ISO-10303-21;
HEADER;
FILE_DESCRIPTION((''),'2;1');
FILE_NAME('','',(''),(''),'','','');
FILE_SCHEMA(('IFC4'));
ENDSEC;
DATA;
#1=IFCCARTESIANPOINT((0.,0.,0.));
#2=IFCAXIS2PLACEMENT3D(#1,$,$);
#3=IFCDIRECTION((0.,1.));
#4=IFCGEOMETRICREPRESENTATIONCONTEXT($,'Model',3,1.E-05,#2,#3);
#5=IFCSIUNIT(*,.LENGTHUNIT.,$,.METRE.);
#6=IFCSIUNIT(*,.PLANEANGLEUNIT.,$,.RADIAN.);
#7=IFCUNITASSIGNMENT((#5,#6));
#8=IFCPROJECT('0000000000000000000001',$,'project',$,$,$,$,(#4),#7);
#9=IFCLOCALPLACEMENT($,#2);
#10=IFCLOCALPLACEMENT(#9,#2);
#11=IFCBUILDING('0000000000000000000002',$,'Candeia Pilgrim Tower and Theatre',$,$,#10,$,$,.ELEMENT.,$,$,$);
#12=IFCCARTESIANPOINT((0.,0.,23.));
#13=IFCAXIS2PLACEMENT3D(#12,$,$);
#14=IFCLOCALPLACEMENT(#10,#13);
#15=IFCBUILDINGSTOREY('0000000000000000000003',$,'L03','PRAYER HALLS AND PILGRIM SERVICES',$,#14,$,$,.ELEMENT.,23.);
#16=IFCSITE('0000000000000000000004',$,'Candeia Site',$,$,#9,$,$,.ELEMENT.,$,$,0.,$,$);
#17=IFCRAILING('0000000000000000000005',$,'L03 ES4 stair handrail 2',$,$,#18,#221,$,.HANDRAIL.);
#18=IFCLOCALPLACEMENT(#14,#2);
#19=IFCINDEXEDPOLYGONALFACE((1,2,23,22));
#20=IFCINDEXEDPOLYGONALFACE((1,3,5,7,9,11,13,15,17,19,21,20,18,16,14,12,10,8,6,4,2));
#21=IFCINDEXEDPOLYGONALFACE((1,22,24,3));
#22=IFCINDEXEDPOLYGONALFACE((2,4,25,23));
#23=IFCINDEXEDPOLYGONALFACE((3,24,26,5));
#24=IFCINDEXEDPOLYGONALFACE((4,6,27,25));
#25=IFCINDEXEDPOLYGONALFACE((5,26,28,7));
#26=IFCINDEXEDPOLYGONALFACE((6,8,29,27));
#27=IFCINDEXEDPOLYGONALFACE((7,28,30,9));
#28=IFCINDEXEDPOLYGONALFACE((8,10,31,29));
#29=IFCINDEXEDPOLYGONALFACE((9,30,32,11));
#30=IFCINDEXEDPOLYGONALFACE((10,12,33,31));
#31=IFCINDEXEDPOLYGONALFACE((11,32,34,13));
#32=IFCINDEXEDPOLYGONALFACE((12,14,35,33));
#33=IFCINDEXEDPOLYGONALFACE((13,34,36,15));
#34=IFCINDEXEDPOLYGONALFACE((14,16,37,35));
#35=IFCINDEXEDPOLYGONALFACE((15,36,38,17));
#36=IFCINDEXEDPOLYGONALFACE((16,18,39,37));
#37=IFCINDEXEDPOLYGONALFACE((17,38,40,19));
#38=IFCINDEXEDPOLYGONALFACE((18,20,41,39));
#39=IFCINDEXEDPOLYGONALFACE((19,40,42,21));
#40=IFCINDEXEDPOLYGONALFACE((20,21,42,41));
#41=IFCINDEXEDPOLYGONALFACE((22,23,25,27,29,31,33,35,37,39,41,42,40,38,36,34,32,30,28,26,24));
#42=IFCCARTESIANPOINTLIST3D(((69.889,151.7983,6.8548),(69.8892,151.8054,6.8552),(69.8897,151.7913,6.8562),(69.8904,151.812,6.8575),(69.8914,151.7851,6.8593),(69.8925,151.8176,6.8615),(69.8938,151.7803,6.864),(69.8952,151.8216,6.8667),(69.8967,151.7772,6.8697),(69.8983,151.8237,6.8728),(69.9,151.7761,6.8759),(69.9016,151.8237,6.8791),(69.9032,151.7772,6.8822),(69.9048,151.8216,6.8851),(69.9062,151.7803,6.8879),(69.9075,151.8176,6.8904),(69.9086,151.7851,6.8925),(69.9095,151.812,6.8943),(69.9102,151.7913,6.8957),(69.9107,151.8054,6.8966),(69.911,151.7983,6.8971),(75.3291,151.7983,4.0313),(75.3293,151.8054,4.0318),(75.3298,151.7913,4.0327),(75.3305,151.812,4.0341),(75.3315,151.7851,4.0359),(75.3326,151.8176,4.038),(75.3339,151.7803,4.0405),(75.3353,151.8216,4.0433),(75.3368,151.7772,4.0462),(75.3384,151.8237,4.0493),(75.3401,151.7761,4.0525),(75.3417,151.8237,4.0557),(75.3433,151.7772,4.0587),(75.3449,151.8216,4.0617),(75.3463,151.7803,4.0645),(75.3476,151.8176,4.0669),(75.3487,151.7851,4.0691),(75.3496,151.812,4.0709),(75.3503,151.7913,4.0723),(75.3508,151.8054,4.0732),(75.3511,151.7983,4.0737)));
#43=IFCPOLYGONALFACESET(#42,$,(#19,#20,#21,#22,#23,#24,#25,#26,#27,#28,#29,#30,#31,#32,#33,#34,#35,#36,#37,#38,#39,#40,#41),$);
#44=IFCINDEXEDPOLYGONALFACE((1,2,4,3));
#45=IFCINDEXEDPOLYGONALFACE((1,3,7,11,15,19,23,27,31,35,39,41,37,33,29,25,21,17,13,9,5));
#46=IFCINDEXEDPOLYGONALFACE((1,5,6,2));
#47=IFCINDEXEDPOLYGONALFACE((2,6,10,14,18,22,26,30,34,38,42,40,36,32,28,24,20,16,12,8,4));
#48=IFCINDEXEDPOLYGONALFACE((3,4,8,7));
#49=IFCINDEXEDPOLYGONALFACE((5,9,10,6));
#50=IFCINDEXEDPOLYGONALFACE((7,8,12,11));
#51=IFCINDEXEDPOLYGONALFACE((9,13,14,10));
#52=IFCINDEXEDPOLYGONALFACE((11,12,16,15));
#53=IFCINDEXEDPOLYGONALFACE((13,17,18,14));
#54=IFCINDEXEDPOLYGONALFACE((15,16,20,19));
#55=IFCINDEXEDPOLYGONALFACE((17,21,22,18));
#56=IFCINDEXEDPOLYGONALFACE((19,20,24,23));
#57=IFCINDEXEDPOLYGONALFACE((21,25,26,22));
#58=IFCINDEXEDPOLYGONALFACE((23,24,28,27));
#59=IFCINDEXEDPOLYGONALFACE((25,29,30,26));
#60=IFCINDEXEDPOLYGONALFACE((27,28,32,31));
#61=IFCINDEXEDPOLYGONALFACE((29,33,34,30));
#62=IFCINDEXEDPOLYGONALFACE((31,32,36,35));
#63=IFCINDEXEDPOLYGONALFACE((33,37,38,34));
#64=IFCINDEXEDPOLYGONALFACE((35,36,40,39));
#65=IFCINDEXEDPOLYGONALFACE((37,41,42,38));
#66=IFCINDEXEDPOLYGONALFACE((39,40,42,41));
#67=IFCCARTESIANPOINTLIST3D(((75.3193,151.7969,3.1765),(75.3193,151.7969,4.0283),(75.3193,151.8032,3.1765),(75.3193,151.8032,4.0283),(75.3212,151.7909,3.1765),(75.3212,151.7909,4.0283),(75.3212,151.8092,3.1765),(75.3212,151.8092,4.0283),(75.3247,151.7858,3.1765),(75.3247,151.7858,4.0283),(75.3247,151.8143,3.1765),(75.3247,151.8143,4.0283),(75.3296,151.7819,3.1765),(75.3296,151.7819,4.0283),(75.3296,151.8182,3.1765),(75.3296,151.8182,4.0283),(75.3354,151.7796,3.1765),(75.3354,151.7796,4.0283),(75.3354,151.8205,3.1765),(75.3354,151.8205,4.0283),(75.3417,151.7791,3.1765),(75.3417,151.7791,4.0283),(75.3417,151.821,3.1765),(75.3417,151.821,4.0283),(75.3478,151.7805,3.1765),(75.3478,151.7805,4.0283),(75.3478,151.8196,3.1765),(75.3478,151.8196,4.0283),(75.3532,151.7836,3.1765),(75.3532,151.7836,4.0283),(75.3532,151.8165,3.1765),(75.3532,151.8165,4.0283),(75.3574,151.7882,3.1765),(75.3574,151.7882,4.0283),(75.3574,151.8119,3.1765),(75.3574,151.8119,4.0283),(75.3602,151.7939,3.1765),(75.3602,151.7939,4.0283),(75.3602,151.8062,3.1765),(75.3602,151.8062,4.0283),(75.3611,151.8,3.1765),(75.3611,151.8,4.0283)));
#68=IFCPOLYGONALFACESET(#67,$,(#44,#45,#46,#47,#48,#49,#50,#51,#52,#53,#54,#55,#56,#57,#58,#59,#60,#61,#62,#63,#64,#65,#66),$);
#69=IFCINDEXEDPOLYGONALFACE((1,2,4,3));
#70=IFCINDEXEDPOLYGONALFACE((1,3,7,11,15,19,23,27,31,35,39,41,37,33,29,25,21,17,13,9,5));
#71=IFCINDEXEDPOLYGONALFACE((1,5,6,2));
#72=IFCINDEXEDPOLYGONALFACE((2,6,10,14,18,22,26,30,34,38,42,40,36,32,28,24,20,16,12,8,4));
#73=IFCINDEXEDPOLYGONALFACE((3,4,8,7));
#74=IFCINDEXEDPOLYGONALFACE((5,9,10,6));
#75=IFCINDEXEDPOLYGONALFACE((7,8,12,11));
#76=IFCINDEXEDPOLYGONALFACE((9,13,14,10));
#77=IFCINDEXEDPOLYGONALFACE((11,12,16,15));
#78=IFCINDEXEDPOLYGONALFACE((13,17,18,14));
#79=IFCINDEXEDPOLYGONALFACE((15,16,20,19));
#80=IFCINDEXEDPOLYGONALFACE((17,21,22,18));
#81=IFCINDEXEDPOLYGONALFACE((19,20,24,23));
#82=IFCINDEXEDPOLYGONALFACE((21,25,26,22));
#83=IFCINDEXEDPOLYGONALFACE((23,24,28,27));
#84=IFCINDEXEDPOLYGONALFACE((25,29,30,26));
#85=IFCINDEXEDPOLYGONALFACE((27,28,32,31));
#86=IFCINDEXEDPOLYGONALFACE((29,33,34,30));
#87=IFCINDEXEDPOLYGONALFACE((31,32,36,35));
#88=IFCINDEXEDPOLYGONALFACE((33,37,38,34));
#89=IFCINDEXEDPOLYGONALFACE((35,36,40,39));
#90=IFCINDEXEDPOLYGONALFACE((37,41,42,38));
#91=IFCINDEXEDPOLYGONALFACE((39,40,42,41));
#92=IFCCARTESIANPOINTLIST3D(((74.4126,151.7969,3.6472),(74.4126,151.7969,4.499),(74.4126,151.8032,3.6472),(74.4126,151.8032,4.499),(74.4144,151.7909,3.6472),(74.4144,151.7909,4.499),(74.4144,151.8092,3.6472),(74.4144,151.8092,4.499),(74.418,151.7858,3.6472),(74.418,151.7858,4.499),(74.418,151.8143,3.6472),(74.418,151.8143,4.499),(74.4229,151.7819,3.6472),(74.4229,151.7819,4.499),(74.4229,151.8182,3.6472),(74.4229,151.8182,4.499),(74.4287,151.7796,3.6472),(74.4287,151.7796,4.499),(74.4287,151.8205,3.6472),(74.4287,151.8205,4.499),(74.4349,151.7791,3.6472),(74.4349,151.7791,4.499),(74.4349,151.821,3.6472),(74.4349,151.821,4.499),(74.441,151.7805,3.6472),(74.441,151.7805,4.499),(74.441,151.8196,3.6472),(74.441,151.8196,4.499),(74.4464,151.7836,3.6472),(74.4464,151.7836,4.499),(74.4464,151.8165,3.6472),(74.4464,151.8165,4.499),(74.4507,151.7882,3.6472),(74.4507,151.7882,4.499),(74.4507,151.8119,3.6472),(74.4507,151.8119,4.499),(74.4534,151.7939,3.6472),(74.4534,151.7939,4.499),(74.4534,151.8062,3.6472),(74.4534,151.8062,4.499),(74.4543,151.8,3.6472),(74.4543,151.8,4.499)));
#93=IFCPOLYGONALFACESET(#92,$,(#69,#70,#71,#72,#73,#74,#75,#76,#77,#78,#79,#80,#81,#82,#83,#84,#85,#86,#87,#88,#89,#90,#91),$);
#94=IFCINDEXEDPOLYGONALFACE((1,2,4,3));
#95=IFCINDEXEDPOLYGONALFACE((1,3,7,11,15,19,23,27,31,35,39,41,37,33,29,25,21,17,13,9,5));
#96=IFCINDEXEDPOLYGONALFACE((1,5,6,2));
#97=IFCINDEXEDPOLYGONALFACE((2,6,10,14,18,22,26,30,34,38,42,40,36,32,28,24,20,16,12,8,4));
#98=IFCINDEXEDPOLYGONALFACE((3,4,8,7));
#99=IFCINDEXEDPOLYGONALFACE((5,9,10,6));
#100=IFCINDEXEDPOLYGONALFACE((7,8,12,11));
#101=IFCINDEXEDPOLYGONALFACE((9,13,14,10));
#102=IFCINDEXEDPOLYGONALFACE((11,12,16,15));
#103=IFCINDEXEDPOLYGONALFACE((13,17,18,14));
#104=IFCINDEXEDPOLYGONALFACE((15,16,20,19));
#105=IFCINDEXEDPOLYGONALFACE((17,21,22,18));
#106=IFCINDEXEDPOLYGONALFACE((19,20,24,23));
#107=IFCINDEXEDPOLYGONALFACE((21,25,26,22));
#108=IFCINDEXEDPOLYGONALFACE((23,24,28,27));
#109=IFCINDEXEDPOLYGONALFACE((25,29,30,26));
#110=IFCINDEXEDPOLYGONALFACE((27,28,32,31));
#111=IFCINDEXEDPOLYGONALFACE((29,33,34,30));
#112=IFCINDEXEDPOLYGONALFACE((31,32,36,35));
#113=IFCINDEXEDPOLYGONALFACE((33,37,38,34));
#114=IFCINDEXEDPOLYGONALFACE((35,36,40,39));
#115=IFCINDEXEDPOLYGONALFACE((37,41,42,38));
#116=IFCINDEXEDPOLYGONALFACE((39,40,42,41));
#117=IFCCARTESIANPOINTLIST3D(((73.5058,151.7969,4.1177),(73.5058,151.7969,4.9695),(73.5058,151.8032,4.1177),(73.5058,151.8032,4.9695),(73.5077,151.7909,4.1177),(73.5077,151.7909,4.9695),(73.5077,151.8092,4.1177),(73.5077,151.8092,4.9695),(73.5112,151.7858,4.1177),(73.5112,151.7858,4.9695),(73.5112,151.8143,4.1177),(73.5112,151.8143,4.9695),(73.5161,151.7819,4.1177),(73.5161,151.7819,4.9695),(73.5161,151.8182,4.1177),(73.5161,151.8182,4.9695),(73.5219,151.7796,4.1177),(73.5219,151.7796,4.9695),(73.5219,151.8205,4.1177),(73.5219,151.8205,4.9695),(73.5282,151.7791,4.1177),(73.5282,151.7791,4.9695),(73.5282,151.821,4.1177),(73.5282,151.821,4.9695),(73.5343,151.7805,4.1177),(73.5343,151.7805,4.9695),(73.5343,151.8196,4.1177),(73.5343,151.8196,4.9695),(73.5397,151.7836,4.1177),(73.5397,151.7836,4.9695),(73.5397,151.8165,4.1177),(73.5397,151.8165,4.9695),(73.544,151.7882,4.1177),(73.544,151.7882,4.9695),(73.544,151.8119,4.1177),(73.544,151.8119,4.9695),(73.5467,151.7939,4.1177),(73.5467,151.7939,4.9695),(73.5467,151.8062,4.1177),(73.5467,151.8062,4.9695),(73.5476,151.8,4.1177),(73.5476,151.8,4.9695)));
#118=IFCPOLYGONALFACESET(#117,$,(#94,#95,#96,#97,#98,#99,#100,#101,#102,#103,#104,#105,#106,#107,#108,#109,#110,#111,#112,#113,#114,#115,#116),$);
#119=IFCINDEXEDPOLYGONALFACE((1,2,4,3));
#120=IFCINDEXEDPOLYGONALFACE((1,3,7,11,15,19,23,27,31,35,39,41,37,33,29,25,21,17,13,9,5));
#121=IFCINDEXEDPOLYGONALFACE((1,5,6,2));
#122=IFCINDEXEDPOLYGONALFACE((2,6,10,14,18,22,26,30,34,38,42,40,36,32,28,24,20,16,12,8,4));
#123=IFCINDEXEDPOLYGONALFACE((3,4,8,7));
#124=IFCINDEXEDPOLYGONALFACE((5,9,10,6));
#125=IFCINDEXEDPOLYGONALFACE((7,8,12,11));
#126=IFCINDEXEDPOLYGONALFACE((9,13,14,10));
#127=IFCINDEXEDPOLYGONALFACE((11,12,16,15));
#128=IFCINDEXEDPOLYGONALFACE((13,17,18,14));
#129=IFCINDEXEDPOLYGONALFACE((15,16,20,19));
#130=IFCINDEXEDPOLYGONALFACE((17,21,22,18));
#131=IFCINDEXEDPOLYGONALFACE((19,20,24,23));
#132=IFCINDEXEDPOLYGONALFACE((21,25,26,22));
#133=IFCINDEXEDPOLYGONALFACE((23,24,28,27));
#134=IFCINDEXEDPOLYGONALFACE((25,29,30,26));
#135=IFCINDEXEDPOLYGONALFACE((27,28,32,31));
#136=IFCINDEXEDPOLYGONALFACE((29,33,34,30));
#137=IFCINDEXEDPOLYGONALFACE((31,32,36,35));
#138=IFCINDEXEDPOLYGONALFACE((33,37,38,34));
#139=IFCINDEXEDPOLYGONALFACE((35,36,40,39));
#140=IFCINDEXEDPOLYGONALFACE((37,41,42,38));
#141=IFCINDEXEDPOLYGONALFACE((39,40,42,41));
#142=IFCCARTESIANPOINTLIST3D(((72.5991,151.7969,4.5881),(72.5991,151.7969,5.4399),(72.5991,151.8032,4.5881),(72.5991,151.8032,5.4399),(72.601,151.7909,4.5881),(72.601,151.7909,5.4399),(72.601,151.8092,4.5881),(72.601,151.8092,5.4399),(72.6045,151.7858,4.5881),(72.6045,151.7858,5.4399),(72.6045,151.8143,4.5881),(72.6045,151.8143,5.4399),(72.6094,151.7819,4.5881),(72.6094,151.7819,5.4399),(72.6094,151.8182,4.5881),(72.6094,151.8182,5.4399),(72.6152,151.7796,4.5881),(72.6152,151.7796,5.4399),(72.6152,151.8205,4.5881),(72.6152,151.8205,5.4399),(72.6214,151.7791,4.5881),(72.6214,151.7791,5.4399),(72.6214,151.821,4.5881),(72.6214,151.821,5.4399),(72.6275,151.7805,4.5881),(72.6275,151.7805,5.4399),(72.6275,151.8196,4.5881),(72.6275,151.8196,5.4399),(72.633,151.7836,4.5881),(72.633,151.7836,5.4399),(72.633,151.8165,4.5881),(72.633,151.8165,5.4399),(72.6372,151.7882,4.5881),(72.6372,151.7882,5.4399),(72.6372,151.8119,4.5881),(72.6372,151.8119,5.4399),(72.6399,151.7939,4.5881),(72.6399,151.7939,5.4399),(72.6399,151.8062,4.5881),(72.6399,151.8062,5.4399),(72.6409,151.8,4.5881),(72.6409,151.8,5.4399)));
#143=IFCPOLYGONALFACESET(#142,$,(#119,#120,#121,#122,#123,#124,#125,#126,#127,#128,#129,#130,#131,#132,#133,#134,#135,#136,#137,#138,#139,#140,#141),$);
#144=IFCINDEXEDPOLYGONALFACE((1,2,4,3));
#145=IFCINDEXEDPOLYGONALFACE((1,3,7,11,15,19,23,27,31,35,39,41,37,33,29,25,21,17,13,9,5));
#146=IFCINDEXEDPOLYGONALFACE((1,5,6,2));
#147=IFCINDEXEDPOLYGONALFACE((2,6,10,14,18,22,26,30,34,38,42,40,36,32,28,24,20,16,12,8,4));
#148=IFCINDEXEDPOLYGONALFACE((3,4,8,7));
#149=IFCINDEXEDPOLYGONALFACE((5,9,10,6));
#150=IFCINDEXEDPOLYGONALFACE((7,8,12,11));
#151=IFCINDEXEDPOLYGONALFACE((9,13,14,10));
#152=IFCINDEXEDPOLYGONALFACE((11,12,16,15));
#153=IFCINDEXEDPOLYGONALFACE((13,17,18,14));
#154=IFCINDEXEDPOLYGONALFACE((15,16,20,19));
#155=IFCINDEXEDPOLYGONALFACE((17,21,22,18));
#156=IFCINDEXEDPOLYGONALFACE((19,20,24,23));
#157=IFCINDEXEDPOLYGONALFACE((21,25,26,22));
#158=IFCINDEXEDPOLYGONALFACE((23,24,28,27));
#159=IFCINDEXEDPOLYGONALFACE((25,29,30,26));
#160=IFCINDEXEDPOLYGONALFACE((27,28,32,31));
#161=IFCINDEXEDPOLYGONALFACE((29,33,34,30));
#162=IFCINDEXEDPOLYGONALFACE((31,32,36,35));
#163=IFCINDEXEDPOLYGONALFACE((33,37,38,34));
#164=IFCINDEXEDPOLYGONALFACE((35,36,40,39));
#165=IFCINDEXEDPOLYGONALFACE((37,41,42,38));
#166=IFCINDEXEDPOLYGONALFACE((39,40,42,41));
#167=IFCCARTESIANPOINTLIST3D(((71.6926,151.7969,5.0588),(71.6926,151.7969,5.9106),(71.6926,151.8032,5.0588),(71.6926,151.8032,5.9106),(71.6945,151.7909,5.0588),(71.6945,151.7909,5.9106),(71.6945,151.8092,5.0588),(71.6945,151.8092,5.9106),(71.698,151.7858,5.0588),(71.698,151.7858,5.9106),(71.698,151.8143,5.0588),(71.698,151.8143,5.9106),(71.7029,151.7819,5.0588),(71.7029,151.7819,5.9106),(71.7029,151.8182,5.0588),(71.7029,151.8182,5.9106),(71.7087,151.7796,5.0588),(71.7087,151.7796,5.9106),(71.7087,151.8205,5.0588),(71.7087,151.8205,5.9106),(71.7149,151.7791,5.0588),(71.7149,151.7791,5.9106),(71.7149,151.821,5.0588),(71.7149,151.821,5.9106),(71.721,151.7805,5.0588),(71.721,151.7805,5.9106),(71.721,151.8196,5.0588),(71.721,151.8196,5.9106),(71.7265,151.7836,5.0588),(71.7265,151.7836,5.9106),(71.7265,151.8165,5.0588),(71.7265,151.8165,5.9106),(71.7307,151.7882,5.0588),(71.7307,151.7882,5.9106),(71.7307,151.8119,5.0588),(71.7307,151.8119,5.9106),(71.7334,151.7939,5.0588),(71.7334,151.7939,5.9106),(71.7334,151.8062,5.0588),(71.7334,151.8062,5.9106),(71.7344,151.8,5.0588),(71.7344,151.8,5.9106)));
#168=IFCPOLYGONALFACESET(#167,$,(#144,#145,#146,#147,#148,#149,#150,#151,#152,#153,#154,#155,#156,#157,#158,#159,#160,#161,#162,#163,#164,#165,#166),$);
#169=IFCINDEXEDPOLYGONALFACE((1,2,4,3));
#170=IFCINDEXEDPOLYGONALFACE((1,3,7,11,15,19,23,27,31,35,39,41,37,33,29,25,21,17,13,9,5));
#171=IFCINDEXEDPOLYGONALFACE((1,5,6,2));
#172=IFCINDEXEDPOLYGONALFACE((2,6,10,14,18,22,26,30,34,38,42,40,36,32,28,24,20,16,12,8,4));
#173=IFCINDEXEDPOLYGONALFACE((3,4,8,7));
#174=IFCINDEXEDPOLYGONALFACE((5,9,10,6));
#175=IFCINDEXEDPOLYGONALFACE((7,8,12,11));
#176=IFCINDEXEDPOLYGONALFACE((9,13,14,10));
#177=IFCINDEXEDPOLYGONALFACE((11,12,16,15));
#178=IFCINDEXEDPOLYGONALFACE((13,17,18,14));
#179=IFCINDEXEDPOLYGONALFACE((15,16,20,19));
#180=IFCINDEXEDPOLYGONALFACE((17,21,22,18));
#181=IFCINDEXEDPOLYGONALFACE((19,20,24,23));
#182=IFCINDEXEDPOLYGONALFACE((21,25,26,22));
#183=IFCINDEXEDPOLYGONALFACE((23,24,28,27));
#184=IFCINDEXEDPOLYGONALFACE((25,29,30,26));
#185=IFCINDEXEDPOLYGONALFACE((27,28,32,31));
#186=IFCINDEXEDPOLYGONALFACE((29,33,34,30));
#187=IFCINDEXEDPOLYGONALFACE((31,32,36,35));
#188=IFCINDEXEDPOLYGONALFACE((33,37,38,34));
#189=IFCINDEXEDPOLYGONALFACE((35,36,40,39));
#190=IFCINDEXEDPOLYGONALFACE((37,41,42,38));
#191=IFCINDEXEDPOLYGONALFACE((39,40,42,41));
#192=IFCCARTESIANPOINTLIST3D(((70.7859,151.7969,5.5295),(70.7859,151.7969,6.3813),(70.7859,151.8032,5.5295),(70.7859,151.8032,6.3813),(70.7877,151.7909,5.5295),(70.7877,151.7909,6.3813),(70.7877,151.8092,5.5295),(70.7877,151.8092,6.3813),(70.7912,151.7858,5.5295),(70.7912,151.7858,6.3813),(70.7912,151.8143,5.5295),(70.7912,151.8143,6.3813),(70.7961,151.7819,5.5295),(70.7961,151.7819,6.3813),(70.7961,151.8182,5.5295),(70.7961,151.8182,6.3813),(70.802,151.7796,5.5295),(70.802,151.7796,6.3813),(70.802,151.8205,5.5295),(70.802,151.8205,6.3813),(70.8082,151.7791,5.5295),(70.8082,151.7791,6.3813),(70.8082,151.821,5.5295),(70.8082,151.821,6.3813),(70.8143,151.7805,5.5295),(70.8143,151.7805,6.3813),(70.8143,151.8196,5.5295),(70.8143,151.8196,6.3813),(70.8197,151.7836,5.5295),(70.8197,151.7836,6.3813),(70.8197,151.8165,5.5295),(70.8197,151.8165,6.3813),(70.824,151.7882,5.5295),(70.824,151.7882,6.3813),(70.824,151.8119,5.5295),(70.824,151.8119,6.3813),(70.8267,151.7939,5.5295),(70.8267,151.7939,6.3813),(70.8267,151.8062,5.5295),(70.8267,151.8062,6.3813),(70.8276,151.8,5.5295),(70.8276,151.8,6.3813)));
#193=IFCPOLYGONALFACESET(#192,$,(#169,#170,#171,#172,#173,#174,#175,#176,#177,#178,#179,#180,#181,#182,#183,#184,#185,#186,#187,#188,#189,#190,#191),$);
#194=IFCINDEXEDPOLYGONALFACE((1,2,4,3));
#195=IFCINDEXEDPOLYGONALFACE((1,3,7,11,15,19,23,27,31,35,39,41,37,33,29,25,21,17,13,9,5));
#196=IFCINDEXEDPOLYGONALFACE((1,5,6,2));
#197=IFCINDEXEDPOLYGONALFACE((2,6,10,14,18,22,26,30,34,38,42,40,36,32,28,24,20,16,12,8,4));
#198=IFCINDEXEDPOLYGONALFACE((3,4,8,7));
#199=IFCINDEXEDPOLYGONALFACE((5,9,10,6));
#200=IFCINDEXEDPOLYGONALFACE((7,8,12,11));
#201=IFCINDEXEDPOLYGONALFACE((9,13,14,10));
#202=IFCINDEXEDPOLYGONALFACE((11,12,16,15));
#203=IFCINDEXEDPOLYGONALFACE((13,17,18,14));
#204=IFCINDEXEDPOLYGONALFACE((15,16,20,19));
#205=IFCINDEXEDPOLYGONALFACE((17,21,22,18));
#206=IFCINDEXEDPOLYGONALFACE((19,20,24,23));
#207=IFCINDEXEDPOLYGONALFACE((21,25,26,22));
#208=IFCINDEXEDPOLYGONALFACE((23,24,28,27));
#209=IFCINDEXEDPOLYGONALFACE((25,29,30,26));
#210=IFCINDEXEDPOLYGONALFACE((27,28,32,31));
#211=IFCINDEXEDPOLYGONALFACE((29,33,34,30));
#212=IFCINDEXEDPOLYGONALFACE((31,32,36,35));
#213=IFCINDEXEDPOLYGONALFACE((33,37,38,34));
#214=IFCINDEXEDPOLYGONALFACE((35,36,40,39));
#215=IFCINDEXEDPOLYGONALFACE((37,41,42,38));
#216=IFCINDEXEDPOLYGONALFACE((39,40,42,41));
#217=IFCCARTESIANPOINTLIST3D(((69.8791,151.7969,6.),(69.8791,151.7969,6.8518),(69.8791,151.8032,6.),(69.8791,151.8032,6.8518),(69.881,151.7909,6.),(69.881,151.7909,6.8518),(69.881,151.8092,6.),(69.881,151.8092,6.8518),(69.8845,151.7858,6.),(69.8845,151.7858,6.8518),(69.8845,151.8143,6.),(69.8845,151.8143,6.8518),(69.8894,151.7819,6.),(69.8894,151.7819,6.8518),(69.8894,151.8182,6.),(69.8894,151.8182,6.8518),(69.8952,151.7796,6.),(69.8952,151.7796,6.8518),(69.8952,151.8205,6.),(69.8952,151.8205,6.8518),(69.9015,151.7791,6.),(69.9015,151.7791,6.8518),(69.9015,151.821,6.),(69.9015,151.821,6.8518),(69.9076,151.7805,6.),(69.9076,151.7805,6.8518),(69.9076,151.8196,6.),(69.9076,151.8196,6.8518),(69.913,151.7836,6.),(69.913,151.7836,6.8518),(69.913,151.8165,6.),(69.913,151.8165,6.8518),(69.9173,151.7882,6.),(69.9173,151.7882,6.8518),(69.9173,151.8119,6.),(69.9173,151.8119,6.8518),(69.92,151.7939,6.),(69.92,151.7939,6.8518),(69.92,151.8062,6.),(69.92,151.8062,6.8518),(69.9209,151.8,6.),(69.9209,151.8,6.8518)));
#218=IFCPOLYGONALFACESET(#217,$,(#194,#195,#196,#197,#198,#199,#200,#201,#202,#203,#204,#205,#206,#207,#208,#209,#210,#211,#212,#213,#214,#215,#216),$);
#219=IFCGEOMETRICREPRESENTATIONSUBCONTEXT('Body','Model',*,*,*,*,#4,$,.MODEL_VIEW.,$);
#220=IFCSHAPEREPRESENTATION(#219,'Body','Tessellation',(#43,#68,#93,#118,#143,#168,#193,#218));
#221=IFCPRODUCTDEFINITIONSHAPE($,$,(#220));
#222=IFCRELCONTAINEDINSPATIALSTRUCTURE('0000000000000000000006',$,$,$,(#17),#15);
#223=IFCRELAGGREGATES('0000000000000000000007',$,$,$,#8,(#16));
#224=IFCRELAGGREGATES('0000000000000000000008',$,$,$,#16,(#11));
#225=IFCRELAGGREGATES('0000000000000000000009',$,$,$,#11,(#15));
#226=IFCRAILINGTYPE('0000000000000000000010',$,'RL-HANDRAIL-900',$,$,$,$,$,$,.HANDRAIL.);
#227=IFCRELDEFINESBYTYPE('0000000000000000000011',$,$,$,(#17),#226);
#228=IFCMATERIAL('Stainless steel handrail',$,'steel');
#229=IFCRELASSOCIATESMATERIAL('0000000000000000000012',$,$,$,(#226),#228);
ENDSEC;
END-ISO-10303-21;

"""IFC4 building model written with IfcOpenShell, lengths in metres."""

from ifc_helpers import new_model, si_unit, direction, frame, origin, origin_2d, place, context, subcontext, project, spatial, circle, extrude, material, type_object, element, save


model = new_model("IFC4")

# Units and contexts
model_context = context("Model", 3, precision=1e-05, world=origin(), true_north=direction((0.0, 1.0)))
body_context = subcontext(model_context, "Body", "Model", "MODEL_VIEW")
ifc_project = project(units=[si_unit("LENGTHUNIT", "METRE"), si_unit("PLANEANGLEUNIT", "RADIAN")], contexts=[model_context])

# Site, building, storey
site_placement = place(None, origin())
site = spatial("IfcSite", under=ifc_project, at=site_placement, Name="Candeia Site", CompositionType="ELEMENT", RefElevation=0.0)
building_placement = place(site_placement, origin())
building = spatial("IfcBuilding", under=site, at=building_placement, Name="Candeia Pilgrim Tower and Theatre", CompositionType="ELEMENT")
storey_placement = place(building_placement, frame((0.0, 0.0, 23.0)))
storey = spatial("IfcBuildingStorey", under=building, at=storey_placement, Name="L03", Description="PRAYER HALLS AND PILGRIM SERVICES", CompositionType="ELEMENT", Elevation=23.0)

# Railing
ifc_material_1 = material(Name="Stainless steel handrail", Category="steel")
railing_type_1 = type_object("IfcRailingType", Name="RL-HANDRAIL-900", PredefinedType="HANDRAIL", material=ifc_material_1)
railing_1_placement = place(storey_placement, frame((75.3401, 151.8, 3.1765)))
element("IfcRailing", 1, at=railing_1_placement, inside=storey, type_object=railing_type_1, Name="L03 ES4 stair handrail 2", PredefinedType="HANDRAIL", context=body_context, shape_type="SweptSolid", body=[
    extrude(circle(Radius=0.0239, at=origin_2d()), frame((0.0, 0.0, 0.876), z_axis=(-0.887578, 0.0, 0.460658), x_axis=(0.0, -1.0, 0.0)), (0.0, 0.0, 1.0), 6.1292),
    extrude(circle(Radius=0.021, at=origin_2d()), origin(), (0.0, 0.0, 1.0), 0.8518),
    extrude(circle(Radius=0.021, at=origin_2d()), frame((-0.9067, 0.0, 0.4707)), (0.0, 0.0, 1.0), 0.8518),
    extrude(circle(Radius=0.021, at=origin_2d()), frame((-1.8135, 0.0, 0.9412)), (0.0, 0.0, 1.0), 0.8518),
    extrude(circle(Radius=0.021, at=origin_2d()), frame((-2.7202, 0.0, 1.4116)), (0.0, 0.0, 1.0), 0.8518),
    extrude(circle(Radius=0.021, at=origin_2d()), frame((-3.6267, 0.0, 1.8823)), (0.0, 0.0, 1.0), 0.8518),
    extrude(circle(Radius=0.021, at=origin_2d()), frame((-4.5334, 0.0, 2.353)), (0.0, 0.0, 1.0), 0.8518),
    extrude(circle(Radius=0.021, at=origin_2d()), frame((-5.4402, 0.0, 2.8235)), (0.0, 0.0, 1.0), 0.8518),
])

save(model, "model.ifc")
